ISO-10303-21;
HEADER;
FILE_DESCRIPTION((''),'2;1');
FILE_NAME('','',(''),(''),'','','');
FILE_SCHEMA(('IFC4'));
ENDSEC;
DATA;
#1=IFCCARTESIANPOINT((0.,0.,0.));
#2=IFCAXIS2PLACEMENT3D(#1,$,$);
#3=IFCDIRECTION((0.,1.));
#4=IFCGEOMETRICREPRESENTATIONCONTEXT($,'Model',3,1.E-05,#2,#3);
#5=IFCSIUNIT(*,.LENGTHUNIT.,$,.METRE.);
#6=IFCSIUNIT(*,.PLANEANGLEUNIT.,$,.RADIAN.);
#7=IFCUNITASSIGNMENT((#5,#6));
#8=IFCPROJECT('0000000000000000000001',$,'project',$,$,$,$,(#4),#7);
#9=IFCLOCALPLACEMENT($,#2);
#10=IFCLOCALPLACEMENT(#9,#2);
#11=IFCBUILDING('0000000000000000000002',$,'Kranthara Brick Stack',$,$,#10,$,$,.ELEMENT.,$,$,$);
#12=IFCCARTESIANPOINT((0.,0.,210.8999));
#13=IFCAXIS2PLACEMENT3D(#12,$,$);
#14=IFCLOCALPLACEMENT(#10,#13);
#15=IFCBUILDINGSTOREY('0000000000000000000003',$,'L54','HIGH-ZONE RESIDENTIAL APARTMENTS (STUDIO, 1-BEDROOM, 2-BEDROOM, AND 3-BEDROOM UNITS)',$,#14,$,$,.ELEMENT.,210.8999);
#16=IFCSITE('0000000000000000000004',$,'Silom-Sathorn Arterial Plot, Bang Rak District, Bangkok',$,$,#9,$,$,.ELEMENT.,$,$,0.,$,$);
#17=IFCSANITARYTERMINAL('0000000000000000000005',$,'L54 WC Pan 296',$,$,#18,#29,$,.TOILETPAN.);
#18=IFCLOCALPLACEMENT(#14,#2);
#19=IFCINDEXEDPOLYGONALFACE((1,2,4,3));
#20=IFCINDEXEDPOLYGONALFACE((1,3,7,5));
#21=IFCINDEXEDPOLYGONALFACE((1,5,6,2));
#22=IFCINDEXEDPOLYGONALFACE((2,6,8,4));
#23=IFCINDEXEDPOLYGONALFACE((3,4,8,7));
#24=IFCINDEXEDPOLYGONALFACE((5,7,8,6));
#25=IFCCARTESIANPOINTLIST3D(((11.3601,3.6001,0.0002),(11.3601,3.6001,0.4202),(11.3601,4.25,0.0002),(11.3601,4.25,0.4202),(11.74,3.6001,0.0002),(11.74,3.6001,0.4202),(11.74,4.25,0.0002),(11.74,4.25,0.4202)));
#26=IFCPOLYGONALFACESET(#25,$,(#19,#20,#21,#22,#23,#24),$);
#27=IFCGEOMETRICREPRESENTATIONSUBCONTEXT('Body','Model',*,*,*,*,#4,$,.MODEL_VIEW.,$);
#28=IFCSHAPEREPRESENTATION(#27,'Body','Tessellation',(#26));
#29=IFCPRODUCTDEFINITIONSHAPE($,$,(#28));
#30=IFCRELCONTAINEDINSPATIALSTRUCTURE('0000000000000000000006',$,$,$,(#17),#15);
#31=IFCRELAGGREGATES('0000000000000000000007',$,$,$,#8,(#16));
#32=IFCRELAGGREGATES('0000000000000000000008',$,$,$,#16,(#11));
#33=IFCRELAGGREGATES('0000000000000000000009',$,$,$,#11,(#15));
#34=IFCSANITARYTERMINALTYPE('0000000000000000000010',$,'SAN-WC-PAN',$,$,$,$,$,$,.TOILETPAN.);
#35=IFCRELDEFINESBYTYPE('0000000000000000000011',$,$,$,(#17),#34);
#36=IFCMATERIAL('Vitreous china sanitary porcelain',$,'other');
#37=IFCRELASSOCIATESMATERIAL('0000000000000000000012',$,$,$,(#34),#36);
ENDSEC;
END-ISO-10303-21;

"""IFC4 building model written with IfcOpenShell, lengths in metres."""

from ifc_helpers import new_model, si_unit, direction, frame, origin, origin_2d, place, context, subcontext, project, spatial, rectangle, extrude, material, type_object, element, save


model = new_model("IFC4")

# Units and contexts
model_context = context("Model", 3, precision=1e-05, world=origin(), true_north=direction((0.0, 1.0)))
body_context = subcontext(model_context, "Body", "Model", "MODEL_VIEW")
ifc_project = project(units=[si_unit("LENGTHUNIT", "METRE"), si_unit("PLANEANGLEUNIT", "RADIAN")], contexts=[model_context])

# Site, building, storey
site_placement = place(None, origin())
site = spatial("IfcSite", under=ifc_project, at=site_placement, Name="Silom-Sathorn Arterial Plot, Bang Rak District, Bangkok", CompositionType="ELEMENT", RefElevation=0.0)
building_placement = place(site_placement, origin())
building = spatial("IfcBuilding", under=site, at=building_placement, Name="Kranthara Brick Stack", CompositionType="ELEMENT")
storey_placement = place(building_placement, frame((0.0, 0.0, 210.8999)))
storey = spatial("IfcBuildingStorey", under=building, at=storey_placement, Name="L54", Description="HIGH-ZONE RESIDENTIAL APARTMENTS (STUDIO, 1-BEDROOM, 2-BEDROOM, AND 3-BEDROOM UNITS)", CompositionType="ELEMENT", Elevation=210.8999)

# Sanitary terminal
ifc_material_1 = material(Name="Vitreous china sanitary porcelain", Category="other")
sanitary_terminal_type_1 = type_object("IfcSanitaryTerminalType", Name="SAN-WC-PAN", PredefinedType="TOILETPAN", material=ifc_material_1)
sanitary_terminal_placement = place(storey_placement, frame((11.55, 3.925, 0.0002), z_axis=(0.0, 0.0, 1.0), x_axis=(1.0, 0.0, 0.0)))
element("IfcSanitaryTerminal", 1, at=sanitary_terminal_placement, inside=storey, type_object=sanitary_terminal_type_1, Name="L54 WC Pan 296", PredefinedType="TOILETPAN", context=body_context, shape_type="SweptSolid", body=[
    extrude(rectangle(XDim=0.3799, YDim=0.6499, at=origin_2d()), origin(), (0.0, 0.0, 1.0), 0.4199),
])

save(model, "model.ifc")
